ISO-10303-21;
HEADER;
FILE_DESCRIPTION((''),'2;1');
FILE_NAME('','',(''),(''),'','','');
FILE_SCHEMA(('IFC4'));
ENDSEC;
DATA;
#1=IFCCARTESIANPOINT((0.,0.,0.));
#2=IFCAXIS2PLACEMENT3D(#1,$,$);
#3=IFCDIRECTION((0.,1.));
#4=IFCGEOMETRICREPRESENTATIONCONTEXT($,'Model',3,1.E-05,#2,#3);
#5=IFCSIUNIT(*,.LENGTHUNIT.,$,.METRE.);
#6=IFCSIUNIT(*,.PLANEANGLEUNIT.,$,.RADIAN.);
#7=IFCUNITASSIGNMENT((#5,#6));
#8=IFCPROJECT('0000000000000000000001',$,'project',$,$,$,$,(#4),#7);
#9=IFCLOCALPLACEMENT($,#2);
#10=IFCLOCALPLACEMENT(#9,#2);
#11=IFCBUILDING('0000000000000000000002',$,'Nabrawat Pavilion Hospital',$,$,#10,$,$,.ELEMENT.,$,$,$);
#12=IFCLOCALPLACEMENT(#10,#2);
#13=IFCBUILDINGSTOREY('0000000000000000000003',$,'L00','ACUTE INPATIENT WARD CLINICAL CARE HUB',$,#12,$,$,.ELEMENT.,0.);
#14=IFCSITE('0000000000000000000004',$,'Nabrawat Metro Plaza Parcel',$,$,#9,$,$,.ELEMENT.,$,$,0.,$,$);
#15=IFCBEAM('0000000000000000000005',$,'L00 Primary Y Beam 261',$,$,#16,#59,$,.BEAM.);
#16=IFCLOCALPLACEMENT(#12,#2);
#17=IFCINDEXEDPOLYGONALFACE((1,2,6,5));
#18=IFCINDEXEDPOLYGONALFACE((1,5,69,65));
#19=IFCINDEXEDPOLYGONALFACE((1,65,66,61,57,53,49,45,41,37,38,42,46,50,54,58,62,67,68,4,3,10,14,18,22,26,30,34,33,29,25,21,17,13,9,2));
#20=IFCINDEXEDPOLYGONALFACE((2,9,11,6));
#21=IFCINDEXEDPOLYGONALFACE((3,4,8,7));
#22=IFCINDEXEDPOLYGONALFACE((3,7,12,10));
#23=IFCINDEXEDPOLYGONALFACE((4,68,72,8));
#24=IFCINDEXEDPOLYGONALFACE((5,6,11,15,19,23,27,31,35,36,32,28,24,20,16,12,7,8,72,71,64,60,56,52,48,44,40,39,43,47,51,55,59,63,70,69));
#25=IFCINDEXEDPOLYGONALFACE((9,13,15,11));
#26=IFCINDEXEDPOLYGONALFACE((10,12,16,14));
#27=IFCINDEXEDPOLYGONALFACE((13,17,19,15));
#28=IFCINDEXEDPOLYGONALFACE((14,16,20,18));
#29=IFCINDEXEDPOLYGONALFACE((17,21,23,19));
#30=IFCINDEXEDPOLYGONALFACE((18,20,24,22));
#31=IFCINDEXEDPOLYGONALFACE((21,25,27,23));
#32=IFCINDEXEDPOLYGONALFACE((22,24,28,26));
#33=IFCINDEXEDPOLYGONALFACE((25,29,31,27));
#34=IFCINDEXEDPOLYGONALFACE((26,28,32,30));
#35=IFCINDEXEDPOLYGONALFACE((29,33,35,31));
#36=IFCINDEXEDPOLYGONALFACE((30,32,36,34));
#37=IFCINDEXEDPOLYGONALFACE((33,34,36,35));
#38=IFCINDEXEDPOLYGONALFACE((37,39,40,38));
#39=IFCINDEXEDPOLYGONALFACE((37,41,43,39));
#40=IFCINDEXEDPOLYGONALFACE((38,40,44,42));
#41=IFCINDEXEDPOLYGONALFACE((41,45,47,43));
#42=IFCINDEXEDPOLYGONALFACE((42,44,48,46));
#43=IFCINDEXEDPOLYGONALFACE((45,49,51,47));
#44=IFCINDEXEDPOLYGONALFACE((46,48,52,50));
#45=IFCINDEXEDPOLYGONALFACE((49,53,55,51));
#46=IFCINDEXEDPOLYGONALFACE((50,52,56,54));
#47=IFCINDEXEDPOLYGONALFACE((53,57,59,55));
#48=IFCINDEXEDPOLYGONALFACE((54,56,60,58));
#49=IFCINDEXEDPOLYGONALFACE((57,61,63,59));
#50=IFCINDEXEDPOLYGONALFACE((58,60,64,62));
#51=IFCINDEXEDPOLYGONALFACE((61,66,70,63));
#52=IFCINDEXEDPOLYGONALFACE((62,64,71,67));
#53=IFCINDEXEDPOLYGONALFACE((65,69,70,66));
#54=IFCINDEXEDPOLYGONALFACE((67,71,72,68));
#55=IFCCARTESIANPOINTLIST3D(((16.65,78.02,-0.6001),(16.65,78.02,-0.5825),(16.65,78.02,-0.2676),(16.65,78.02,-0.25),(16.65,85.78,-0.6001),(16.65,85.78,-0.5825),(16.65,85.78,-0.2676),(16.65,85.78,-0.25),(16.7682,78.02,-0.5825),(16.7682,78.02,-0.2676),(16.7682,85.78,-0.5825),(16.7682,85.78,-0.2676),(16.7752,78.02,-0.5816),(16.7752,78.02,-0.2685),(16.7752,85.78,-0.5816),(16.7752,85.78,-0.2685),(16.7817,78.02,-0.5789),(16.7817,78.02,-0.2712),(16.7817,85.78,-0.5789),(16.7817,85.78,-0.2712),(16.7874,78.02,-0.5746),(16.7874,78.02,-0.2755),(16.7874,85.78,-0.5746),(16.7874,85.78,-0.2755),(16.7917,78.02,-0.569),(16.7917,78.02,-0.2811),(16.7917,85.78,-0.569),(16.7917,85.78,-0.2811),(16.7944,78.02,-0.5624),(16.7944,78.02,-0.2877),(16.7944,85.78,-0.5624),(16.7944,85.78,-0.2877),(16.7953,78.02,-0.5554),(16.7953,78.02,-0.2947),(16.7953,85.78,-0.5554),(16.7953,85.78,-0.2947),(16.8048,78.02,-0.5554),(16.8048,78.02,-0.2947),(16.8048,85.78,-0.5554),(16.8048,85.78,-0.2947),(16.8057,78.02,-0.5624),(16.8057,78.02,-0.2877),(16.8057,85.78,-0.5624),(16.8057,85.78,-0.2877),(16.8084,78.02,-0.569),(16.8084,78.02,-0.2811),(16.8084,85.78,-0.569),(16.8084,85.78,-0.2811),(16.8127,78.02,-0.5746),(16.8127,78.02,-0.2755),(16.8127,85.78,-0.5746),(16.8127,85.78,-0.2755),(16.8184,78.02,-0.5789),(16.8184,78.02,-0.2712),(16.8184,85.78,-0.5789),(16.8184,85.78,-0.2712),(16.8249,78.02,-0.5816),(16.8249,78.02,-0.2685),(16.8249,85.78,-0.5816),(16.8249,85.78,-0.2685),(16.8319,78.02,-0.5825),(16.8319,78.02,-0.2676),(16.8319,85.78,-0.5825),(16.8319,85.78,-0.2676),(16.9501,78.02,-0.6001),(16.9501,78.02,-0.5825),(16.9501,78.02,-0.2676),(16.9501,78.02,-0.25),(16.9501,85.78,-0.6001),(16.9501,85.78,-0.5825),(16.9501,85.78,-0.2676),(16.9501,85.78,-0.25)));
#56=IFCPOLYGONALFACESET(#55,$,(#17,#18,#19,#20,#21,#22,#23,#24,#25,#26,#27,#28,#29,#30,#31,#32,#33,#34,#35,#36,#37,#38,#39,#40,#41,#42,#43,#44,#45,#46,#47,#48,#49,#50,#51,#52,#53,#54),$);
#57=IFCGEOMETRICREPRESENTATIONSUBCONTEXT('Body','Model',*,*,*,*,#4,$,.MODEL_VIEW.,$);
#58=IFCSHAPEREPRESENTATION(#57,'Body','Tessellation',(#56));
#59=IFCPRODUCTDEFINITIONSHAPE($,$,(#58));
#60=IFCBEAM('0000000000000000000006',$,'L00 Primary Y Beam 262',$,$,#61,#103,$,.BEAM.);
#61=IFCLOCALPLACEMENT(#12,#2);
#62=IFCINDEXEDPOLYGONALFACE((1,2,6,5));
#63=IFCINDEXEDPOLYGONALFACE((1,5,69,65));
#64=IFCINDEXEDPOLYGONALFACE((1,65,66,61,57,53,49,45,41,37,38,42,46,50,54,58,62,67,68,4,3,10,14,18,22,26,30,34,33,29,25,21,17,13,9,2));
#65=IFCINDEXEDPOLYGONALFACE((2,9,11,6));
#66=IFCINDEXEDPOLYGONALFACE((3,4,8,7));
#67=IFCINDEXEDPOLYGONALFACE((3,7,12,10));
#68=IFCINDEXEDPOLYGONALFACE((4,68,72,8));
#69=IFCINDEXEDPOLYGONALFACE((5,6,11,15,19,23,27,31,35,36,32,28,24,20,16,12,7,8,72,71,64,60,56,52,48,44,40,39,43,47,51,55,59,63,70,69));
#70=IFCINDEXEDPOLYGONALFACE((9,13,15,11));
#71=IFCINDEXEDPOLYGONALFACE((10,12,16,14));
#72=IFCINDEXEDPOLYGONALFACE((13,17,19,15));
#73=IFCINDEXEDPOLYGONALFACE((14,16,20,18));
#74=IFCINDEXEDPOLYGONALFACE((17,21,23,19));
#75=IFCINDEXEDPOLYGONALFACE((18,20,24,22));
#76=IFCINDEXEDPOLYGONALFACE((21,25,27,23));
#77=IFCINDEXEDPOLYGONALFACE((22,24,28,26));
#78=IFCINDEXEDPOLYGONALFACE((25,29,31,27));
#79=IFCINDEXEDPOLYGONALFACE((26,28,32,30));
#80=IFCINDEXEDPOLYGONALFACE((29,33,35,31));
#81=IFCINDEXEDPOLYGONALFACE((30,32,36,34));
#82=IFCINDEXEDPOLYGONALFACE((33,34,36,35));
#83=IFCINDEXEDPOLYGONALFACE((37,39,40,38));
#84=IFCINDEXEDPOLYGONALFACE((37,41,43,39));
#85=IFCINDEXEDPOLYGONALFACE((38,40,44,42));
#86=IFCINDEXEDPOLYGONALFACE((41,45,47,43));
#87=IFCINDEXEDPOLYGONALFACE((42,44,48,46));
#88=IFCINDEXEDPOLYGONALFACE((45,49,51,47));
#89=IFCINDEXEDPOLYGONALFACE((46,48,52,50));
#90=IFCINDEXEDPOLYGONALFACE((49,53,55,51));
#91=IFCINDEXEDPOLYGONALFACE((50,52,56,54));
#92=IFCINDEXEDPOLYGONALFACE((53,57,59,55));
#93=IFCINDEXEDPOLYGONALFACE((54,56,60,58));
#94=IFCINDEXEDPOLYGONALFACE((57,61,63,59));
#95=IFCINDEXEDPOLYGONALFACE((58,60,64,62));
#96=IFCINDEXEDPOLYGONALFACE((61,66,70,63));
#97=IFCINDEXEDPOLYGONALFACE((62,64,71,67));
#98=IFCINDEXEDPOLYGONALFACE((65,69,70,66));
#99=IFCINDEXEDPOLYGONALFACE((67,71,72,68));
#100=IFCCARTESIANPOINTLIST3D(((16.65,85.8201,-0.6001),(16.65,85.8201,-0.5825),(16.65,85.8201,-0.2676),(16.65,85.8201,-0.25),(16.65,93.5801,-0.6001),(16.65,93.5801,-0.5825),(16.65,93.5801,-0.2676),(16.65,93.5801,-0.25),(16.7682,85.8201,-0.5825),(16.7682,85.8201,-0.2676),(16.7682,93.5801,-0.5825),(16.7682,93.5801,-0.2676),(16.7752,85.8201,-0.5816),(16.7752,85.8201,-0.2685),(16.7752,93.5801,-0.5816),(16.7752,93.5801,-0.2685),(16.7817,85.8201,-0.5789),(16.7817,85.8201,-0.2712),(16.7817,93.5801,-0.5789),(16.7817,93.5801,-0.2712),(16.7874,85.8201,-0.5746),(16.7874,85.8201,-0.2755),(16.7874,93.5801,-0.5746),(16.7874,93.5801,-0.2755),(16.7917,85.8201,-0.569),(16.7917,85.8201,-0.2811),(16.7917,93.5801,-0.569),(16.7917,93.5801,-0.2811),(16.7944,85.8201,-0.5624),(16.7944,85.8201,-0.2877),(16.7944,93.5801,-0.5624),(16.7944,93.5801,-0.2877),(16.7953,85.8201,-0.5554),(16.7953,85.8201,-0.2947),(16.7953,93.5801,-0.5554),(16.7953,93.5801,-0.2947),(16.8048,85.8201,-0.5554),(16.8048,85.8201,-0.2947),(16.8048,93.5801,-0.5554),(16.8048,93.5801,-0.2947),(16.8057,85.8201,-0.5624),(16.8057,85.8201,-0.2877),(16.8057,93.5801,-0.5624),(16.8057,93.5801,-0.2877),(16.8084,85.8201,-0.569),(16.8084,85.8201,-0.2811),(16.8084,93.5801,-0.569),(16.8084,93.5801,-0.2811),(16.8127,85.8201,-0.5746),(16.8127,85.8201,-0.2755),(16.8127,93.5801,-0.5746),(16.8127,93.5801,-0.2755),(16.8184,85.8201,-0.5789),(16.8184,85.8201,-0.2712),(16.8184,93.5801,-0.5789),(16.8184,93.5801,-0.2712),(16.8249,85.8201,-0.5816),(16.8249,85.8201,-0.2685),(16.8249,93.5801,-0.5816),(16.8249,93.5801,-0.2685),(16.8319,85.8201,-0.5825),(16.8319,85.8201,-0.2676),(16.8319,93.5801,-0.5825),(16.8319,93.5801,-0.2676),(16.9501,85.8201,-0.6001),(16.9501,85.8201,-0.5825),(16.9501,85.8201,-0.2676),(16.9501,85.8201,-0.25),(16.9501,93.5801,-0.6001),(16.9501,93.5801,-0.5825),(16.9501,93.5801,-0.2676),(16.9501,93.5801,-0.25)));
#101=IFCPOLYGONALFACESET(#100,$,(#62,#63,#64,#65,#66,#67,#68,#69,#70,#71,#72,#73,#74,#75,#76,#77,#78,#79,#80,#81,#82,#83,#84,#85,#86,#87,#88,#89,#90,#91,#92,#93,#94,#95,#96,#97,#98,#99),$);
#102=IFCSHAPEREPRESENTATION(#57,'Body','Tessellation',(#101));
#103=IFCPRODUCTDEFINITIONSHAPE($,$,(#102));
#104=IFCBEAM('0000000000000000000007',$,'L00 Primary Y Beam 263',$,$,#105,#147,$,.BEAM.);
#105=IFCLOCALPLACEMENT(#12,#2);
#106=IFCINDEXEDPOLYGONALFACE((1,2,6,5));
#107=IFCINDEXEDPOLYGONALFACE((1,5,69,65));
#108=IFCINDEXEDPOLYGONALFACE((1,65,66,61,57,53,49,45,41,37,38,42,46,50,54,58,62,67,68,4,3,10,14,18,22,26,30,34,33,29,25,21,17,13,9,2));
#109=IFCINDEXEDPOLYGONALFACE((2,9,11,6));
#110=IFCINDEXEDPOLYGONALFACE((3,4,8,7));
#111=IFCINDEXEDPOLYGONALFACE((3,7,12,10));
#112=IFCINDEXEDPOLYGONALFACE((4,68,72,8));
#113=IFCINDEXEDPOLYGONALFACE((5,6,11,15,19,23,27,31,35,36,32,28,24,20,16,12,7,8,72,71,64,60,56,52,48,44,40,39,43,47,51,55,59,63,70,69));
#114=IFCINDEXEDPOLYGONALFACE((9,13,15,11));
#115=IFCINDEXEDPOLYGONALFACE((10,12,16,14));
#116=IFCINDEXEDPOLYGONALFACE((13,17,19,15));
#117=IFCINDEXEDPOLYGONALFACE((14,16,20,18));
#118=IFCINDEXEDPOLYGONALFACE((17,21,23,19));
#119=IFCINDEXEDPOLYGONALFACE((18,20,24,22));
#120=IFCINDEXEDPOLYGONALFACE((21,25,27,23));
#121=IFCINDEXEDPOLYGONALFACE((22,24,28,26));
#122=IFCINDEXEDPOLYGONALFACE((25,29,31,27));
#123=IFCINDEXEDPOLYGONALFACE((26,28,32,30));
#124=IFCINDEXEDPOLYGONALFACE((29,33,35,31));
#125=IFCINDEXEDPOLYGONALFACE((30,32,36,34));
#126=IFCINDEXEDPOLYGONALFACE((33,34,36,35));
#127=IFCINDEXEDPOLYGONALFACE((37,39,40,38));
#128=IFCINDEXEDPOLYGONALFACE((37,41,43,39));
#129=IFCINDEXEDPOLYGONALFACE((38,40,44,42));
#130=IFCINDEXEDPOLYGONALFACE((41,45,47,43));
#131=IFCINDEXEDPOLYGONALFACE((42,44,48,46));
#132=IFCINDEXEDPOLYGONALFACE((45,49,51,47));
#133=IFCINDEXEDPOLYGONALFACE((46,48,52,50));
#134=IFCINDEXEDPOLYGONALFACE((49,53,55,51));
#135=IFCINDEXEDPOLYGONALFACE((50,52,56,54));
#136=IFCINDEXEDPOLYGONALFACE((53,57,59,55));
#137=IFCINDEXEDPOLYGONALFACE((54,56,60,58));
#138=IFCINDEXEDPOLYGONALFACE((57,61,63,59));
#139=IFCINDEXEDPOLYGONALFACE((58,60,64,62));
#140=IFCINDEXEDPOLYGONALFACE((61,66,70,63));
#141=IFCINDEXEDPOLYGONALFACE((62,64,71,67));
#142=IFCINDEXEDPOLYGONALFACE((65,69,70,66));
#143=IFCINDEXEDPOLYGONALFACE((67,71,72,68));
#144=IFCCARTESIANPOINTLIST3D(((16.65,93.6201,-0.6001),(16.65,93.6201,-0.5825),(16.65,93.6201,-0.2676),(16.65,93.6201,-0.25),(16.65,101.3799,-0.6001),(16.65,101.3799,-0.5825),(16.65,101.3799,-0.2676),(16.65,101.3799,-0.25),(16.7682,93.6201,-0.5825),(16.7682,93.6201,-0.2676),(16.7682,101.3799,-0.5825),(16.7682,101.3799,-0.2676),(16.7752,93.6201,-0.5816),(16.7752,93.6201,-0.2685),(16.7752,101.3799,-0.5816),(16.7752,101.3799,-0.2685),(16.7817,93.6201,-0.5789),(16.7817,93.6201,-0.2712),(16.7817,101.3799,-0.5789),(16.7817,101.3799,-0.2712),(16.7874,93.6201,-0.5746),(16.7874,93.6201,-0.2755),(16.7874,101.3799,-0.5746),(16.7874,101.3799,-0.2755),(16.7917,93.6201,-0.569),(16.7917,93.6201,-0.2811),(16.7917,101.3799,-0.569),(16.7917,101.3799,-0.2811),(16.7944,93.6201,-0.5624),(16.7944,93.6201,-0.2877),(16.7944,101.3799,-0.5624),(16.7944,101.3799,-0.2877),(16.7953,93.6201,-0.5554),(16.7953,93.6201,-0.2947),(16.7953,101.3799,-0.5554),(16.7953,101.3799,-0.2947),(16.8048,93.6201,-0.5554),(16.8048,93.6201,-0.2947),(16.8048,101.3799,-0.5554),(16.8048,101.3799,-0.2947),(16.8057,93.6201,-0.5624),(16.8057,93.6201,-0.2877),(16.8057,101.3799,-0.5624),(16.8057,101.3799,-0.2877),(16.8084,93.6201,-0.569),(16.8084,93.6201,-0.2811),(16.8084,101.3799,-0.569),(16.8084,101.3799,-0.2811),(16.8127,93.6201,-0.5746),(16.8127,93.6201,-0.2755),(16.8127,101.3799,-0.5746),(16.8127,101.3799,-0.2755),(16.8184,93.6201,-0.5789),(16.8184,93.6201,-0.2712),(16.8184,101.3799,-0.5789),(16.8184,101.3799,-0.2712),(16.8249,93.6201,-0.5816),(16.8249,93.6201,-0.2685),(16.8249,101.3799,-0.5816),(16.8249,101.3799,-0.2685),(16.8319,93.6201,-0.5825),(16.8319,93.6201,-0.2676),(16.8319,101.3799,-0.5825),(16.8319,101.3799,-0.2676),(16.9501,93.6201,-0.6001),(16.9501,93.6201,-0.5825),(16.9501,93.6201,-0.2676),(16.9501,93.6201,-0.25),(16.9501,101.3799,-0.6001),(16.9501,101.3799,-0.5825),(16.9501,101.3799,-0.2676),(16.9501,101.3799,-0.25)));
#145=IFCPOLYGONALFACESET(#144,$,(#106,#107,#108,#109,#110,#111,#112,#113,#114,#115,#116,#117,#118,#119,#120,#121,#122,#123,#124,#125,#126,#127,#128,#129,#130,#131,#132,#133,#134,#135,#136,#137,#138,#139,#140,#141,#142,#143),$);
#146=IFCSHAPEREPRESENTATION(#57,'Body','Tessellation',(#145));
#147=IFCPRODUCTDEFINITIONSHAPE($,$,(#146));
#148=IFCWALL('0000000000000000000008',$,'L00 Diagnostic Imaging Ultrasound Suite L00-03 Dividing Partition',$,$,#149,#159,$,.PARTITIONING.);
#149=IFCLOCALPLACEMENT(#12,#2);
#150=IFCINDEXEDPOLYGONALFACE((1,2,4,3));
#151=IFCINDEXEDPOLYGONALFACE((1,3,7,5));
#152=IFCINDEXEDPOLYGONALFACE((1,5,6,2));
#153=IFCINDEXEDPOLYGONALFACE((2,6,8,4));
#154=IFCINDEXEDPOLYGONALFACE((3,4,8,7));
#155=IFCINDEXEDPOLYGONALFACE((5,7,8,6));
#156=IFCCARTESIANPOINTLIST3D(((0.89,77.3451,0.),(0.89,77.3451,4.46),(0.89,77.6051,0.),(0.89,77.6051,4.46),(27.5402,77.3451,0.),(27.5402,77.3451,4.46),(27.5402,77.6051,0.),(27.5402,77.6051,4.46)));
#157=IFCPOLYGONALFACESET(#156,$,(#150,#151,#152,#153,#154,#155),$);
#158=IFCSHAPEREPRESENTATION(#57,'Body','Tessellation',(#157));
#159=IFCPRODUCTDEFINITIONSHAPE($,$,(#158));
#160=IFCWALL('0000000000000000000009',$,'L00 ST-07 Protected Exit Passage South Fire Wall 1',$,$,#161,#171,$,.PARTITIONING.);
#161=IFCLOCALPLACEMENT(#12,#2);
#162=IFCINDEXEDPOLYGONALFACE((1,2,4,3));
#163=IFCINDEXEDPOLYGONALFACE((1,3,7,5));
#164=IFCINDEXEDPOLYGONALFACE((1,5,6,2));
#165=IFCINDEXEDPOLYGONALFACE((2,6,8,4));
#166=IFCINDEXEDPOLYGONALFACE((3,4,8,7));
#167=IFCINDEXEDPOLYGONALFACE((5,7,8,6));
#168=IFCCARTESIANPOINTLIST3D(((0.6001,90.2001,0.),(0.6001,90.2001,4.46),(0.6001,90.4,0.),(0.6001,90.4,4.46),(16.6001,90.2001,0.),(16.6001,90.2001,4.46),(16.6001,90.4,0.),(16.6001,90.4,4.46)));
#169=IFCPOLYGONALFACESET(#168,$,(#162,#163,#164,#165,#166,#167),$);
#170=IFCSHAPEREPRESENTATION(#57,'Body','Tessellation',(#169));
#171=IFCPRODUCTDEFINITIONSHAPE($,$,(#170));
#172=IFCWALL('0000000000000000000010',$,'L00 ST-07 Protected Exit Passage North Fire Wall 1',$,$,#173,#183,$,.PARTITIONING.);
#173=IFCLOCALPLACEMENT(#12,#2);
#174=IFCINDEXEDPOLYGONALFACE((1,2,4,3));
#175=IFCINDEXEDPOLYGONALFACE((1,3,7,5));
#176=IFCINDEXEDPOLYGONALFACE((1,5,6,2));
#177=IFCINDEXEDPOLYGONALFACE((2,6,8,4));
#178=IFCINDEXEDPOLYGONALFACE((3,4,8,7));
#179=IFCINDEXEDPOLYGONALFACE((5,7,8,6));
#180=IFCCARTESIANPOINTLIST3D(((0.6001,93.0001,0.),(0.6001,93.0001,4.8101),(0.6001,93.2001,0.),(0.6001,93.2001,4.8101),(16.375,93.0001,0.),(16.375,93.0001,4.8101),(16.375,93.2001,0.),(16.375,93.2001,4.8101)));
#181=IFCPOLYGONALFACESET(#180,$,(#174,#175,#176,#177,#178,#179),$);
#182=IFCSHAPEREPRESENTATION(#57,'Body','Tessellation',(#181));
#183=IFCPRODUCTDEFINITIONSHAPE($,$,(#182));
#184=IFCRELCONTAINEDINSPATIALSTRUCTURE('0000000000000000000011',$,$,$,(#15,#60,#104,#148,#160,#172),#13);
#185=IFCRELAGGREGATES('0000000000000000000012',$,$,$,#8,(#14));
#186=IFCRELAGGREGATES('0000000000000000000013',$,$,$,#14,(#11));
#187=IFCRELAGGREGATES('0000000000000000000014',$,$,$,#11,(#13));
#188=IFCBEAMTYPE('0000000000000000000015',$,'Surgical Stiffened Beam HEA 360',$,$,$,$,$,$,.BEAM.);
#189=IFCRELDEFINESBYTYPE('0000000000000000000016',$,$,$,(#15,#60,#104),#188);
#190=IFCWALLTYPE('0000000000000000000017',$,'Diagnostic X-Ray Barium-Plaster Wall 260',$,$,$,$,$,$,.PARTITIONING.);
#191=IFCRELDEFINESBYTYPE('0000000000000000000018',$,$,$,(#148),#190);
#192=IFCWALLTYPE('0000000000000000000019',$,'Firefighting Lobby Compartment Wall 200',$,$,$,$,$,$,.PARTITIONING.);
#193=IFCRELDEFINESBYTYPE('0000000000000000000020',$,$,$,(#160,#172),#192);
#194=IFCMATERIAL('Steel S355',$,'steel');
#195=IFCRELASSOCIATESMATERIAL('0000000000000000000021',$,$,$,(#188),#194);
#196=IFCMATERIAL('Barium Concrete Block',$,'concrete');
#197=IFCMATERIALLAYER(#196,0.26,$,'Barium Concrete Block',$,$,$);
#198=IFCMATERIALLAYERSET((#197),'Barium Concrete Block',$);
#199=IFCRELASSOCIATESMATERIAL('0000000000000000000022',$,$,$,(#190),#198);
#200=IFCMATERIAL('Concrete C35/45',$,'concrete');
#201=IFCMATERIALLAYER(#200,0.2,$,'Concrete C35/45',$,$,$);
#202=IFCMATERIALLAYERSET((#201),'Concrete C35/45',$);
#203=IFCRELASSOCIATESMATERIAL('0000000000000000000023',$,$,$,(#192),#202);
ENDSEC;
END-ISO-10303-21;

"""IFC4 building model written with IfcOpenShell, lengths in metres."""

from ifc_helpers import new_model, si_unit, direction, frame, frame_2d, origin, origin_2d, place, context, subcontext, project, spatial, rectangle, i_section, extrude, material, layer, layer_set, material_profile, profile_set, type_object, element, save


model = new_model("IFC4")

# Units and contexts
model_context = context("Model", 3, precision=1e-05, world=origin(), true_north=direction((0.0, 1.0)))
body_context = subcontext(model_context, "Body", "Model", "MODEL_VIEW")
ifc_project = project(units=[si_unit("LENGTHUNIT", "METRE"), si_unit("PLANEANGLEUNIT", "RADIAN")], contexts=[model_context])

# Site, building, storey
site_placement = place(None, origin())
site = spatial("IfcSite", under=ifc_project, at=site_placement, Name="Nabrawat Metro Plaza Parcel", CompositionType="ELEMENT", RefElevation=0.0)
building_placement = place(site_placement, origin())
building = spatial("IfcBuilding", under=site, at=building_placement, Name="Nabrawat Pavilion Hospital", CompositionType="ELEMENT")
storey_placement = place(building_placement, origin())
storey = spatial("IfcBuildingStorey", under=building, at=storey_placement, Name="L00", Description="ACUTE INPATIENT WARD CLINICAL CARE HUB", CompositionType="ELEMENT", Elevation=0.0)

# Beams
ifc_material_1 = material(Name="Steel S355", Category="steel")
ifc_material_profile_1 = material_profile(ifc_material_1, i_section(OverallWidth=0.3, OverallDepth=0.3501, WebThickness=0.0095, FlangeThickness=0.0176, FilletRadius=0.0271, at=origin_2d()), Name="HEA 360")
ifc_profile_set_1 = profile_set([ifc_material_profile_1], Name="Steel S355")
beam_type_1 = type_object("IfcBeamType", Name="Surgical Stiffened Beam HEA 360", PredefinedType="BEAM", material=ifc_profile_set_1)
for number, where, z_axis, x_axis, name in (
    (1, (16.8, 78.02, -0.425), (0.0, 1.0, 0.0), (-1.0, 0.0, 0.0), "L00 Primary Y Beam 261"),
    (2, (16.8, 85.8201, -0.425), (0.0, 1.0, 0.0), (-1.0, 0.0, 0.0), "L00 Primary Y Beam 262"),
):
    element("IfcBeam", number, at=place(storey_placement, frame(where, z_axis=z_axis, x_axis=x_axis)), inside=storey, type_object=beam_type_1, Name=name, PredefinedType="BEAM", context=body_context, shape_type="SweptSolid", body=[
        extrude(i_section(OverallWidth=0.3, OverallDepth=0.3501, WebThickness=0.0095, FlangeThickness=0.0176, FilletRadius=0.0271, at=origin_2d()), origin(), (0.0, 0.0, 1.0), 7.76),
    ])
beam_1_placement = place(storey_placement, frame((16.8, 93.6201, -0.425), z_axis=(0.0, 1.0, 0.0), x_axis=(-1.0, 0.0, 0.0)))
element("IfcBeam", 3, at=beam_1_placement, inside=storey, type_object=beam_type_1, Name="L00 Primary Y Beam 263", PredefinedType="BEAM", context=body_context, shape_type="SweptSolid", body=[
    extrude(i_section(OverallWidth=0.3, OverallDepth=0.3501, WebThickness=0.0095, FlangeThickness=0.0176, FilletRadius=0.0271, at=origin_2d()), origin(), (0.0, 0.0, 1.0), 7.7598),
])

# Walls
ifc_material_2 = material(Name="Barium Concrete Block", Category="concrete")
ifc_layer_1 = layer(ifc_material_2, 0.26, Name="Barium Concrete Block")
ifc_layer_set_1 = layer_set([ifc_layer_1], Name="Barium Concrete Block")
wall_type_1 = type_object("IfcWallType", Name="Diagnostic X-Ray Barium-Plaster Wall 260", PredefinedType="PARTITIONING", material=ifc_layer_set_1)
wall_1_placement = place(storey_placement, frame((0.8899, 77.4751, 0.0), z_axis=(0.0, 0.0, 1.0), x_axis=(1.0, 0.0, 0.0)))
element("IfcWall", 4, at=wall_1_placement, inside=storey, type_object=wall_type_1, Name="L00 Diagnostic Imaging Ultrasound Suite L00-03 Dividing Partition", PredefinedType="PARTITIONING", context=body_context, shape_type="SweptSolid", body=[
    extrude(rectangle(XDim=26.6501, YDim=0.26, at=frame_2d((13.3252, 0.0))), origin(), (0.0, 0.0, 1.0), 4.46),
])
ifc_material_3 = material(Name="Concrete C35/45", Category="concrete")
ifc_layer_2 = layer(ifc_material_3, 0.2, Name="Concrete C35/45")
ifc_layer_set_2 = layer_set([ifc_layer_2], Name="Concrete C35/45")
wall_type_2 = type_object("IfcWallType", Name="Firefighting Lobby Compartment Wall 200", PredefinedType="PARTITIONING", material=ifc_layer_set_2)
wall_2_placement = place(storey_placement, frame((0.6001, 90.3, 0.0), z_axis=(0.0, 0.0, 1.0), x_axis=(1.0, 0.0, 0.0)))
element("IfcWall", 5, at=wall_2_placement, inside=storey, type_object=wall_type_2, Name="L00 ST-07 Protected Exit Passage South Fire Wall 1", PredefinedType="PARTITIONING", context=body_context, shape_type="SweptSolid", body=[
    extrude(rectangle(XDim=16.0, YDim=0.2, at=frame_2d((8.0, 0.0))), origin(), (0.0, 0.0, 1.0), 4.46),
])
wall_3_placement = place(storey_placement, frame((0.6001, 93.1001, 0.0), z_axis=(0.0, 0.0, 1.0), x_axis=(1.0, 0.0, 0.0)))
element("IfcWall", 6, at=wall_3_placement, inside=storey, type_object=wall_type_2, Name="L00 ST-07 Protected Exit Passage North Fire Wall 1", PredefinedType="PARTITIONING", context=body_context, shape_type="SweptSolid", body=[
    extrude(rectangle(XDim=15.7749, YDim=0.2, at=frame_2d((7.8875, 0.0))), origin(), (0.0, 0.0, 1.0), 4.8101),
])

save(model, "model.ifc")
